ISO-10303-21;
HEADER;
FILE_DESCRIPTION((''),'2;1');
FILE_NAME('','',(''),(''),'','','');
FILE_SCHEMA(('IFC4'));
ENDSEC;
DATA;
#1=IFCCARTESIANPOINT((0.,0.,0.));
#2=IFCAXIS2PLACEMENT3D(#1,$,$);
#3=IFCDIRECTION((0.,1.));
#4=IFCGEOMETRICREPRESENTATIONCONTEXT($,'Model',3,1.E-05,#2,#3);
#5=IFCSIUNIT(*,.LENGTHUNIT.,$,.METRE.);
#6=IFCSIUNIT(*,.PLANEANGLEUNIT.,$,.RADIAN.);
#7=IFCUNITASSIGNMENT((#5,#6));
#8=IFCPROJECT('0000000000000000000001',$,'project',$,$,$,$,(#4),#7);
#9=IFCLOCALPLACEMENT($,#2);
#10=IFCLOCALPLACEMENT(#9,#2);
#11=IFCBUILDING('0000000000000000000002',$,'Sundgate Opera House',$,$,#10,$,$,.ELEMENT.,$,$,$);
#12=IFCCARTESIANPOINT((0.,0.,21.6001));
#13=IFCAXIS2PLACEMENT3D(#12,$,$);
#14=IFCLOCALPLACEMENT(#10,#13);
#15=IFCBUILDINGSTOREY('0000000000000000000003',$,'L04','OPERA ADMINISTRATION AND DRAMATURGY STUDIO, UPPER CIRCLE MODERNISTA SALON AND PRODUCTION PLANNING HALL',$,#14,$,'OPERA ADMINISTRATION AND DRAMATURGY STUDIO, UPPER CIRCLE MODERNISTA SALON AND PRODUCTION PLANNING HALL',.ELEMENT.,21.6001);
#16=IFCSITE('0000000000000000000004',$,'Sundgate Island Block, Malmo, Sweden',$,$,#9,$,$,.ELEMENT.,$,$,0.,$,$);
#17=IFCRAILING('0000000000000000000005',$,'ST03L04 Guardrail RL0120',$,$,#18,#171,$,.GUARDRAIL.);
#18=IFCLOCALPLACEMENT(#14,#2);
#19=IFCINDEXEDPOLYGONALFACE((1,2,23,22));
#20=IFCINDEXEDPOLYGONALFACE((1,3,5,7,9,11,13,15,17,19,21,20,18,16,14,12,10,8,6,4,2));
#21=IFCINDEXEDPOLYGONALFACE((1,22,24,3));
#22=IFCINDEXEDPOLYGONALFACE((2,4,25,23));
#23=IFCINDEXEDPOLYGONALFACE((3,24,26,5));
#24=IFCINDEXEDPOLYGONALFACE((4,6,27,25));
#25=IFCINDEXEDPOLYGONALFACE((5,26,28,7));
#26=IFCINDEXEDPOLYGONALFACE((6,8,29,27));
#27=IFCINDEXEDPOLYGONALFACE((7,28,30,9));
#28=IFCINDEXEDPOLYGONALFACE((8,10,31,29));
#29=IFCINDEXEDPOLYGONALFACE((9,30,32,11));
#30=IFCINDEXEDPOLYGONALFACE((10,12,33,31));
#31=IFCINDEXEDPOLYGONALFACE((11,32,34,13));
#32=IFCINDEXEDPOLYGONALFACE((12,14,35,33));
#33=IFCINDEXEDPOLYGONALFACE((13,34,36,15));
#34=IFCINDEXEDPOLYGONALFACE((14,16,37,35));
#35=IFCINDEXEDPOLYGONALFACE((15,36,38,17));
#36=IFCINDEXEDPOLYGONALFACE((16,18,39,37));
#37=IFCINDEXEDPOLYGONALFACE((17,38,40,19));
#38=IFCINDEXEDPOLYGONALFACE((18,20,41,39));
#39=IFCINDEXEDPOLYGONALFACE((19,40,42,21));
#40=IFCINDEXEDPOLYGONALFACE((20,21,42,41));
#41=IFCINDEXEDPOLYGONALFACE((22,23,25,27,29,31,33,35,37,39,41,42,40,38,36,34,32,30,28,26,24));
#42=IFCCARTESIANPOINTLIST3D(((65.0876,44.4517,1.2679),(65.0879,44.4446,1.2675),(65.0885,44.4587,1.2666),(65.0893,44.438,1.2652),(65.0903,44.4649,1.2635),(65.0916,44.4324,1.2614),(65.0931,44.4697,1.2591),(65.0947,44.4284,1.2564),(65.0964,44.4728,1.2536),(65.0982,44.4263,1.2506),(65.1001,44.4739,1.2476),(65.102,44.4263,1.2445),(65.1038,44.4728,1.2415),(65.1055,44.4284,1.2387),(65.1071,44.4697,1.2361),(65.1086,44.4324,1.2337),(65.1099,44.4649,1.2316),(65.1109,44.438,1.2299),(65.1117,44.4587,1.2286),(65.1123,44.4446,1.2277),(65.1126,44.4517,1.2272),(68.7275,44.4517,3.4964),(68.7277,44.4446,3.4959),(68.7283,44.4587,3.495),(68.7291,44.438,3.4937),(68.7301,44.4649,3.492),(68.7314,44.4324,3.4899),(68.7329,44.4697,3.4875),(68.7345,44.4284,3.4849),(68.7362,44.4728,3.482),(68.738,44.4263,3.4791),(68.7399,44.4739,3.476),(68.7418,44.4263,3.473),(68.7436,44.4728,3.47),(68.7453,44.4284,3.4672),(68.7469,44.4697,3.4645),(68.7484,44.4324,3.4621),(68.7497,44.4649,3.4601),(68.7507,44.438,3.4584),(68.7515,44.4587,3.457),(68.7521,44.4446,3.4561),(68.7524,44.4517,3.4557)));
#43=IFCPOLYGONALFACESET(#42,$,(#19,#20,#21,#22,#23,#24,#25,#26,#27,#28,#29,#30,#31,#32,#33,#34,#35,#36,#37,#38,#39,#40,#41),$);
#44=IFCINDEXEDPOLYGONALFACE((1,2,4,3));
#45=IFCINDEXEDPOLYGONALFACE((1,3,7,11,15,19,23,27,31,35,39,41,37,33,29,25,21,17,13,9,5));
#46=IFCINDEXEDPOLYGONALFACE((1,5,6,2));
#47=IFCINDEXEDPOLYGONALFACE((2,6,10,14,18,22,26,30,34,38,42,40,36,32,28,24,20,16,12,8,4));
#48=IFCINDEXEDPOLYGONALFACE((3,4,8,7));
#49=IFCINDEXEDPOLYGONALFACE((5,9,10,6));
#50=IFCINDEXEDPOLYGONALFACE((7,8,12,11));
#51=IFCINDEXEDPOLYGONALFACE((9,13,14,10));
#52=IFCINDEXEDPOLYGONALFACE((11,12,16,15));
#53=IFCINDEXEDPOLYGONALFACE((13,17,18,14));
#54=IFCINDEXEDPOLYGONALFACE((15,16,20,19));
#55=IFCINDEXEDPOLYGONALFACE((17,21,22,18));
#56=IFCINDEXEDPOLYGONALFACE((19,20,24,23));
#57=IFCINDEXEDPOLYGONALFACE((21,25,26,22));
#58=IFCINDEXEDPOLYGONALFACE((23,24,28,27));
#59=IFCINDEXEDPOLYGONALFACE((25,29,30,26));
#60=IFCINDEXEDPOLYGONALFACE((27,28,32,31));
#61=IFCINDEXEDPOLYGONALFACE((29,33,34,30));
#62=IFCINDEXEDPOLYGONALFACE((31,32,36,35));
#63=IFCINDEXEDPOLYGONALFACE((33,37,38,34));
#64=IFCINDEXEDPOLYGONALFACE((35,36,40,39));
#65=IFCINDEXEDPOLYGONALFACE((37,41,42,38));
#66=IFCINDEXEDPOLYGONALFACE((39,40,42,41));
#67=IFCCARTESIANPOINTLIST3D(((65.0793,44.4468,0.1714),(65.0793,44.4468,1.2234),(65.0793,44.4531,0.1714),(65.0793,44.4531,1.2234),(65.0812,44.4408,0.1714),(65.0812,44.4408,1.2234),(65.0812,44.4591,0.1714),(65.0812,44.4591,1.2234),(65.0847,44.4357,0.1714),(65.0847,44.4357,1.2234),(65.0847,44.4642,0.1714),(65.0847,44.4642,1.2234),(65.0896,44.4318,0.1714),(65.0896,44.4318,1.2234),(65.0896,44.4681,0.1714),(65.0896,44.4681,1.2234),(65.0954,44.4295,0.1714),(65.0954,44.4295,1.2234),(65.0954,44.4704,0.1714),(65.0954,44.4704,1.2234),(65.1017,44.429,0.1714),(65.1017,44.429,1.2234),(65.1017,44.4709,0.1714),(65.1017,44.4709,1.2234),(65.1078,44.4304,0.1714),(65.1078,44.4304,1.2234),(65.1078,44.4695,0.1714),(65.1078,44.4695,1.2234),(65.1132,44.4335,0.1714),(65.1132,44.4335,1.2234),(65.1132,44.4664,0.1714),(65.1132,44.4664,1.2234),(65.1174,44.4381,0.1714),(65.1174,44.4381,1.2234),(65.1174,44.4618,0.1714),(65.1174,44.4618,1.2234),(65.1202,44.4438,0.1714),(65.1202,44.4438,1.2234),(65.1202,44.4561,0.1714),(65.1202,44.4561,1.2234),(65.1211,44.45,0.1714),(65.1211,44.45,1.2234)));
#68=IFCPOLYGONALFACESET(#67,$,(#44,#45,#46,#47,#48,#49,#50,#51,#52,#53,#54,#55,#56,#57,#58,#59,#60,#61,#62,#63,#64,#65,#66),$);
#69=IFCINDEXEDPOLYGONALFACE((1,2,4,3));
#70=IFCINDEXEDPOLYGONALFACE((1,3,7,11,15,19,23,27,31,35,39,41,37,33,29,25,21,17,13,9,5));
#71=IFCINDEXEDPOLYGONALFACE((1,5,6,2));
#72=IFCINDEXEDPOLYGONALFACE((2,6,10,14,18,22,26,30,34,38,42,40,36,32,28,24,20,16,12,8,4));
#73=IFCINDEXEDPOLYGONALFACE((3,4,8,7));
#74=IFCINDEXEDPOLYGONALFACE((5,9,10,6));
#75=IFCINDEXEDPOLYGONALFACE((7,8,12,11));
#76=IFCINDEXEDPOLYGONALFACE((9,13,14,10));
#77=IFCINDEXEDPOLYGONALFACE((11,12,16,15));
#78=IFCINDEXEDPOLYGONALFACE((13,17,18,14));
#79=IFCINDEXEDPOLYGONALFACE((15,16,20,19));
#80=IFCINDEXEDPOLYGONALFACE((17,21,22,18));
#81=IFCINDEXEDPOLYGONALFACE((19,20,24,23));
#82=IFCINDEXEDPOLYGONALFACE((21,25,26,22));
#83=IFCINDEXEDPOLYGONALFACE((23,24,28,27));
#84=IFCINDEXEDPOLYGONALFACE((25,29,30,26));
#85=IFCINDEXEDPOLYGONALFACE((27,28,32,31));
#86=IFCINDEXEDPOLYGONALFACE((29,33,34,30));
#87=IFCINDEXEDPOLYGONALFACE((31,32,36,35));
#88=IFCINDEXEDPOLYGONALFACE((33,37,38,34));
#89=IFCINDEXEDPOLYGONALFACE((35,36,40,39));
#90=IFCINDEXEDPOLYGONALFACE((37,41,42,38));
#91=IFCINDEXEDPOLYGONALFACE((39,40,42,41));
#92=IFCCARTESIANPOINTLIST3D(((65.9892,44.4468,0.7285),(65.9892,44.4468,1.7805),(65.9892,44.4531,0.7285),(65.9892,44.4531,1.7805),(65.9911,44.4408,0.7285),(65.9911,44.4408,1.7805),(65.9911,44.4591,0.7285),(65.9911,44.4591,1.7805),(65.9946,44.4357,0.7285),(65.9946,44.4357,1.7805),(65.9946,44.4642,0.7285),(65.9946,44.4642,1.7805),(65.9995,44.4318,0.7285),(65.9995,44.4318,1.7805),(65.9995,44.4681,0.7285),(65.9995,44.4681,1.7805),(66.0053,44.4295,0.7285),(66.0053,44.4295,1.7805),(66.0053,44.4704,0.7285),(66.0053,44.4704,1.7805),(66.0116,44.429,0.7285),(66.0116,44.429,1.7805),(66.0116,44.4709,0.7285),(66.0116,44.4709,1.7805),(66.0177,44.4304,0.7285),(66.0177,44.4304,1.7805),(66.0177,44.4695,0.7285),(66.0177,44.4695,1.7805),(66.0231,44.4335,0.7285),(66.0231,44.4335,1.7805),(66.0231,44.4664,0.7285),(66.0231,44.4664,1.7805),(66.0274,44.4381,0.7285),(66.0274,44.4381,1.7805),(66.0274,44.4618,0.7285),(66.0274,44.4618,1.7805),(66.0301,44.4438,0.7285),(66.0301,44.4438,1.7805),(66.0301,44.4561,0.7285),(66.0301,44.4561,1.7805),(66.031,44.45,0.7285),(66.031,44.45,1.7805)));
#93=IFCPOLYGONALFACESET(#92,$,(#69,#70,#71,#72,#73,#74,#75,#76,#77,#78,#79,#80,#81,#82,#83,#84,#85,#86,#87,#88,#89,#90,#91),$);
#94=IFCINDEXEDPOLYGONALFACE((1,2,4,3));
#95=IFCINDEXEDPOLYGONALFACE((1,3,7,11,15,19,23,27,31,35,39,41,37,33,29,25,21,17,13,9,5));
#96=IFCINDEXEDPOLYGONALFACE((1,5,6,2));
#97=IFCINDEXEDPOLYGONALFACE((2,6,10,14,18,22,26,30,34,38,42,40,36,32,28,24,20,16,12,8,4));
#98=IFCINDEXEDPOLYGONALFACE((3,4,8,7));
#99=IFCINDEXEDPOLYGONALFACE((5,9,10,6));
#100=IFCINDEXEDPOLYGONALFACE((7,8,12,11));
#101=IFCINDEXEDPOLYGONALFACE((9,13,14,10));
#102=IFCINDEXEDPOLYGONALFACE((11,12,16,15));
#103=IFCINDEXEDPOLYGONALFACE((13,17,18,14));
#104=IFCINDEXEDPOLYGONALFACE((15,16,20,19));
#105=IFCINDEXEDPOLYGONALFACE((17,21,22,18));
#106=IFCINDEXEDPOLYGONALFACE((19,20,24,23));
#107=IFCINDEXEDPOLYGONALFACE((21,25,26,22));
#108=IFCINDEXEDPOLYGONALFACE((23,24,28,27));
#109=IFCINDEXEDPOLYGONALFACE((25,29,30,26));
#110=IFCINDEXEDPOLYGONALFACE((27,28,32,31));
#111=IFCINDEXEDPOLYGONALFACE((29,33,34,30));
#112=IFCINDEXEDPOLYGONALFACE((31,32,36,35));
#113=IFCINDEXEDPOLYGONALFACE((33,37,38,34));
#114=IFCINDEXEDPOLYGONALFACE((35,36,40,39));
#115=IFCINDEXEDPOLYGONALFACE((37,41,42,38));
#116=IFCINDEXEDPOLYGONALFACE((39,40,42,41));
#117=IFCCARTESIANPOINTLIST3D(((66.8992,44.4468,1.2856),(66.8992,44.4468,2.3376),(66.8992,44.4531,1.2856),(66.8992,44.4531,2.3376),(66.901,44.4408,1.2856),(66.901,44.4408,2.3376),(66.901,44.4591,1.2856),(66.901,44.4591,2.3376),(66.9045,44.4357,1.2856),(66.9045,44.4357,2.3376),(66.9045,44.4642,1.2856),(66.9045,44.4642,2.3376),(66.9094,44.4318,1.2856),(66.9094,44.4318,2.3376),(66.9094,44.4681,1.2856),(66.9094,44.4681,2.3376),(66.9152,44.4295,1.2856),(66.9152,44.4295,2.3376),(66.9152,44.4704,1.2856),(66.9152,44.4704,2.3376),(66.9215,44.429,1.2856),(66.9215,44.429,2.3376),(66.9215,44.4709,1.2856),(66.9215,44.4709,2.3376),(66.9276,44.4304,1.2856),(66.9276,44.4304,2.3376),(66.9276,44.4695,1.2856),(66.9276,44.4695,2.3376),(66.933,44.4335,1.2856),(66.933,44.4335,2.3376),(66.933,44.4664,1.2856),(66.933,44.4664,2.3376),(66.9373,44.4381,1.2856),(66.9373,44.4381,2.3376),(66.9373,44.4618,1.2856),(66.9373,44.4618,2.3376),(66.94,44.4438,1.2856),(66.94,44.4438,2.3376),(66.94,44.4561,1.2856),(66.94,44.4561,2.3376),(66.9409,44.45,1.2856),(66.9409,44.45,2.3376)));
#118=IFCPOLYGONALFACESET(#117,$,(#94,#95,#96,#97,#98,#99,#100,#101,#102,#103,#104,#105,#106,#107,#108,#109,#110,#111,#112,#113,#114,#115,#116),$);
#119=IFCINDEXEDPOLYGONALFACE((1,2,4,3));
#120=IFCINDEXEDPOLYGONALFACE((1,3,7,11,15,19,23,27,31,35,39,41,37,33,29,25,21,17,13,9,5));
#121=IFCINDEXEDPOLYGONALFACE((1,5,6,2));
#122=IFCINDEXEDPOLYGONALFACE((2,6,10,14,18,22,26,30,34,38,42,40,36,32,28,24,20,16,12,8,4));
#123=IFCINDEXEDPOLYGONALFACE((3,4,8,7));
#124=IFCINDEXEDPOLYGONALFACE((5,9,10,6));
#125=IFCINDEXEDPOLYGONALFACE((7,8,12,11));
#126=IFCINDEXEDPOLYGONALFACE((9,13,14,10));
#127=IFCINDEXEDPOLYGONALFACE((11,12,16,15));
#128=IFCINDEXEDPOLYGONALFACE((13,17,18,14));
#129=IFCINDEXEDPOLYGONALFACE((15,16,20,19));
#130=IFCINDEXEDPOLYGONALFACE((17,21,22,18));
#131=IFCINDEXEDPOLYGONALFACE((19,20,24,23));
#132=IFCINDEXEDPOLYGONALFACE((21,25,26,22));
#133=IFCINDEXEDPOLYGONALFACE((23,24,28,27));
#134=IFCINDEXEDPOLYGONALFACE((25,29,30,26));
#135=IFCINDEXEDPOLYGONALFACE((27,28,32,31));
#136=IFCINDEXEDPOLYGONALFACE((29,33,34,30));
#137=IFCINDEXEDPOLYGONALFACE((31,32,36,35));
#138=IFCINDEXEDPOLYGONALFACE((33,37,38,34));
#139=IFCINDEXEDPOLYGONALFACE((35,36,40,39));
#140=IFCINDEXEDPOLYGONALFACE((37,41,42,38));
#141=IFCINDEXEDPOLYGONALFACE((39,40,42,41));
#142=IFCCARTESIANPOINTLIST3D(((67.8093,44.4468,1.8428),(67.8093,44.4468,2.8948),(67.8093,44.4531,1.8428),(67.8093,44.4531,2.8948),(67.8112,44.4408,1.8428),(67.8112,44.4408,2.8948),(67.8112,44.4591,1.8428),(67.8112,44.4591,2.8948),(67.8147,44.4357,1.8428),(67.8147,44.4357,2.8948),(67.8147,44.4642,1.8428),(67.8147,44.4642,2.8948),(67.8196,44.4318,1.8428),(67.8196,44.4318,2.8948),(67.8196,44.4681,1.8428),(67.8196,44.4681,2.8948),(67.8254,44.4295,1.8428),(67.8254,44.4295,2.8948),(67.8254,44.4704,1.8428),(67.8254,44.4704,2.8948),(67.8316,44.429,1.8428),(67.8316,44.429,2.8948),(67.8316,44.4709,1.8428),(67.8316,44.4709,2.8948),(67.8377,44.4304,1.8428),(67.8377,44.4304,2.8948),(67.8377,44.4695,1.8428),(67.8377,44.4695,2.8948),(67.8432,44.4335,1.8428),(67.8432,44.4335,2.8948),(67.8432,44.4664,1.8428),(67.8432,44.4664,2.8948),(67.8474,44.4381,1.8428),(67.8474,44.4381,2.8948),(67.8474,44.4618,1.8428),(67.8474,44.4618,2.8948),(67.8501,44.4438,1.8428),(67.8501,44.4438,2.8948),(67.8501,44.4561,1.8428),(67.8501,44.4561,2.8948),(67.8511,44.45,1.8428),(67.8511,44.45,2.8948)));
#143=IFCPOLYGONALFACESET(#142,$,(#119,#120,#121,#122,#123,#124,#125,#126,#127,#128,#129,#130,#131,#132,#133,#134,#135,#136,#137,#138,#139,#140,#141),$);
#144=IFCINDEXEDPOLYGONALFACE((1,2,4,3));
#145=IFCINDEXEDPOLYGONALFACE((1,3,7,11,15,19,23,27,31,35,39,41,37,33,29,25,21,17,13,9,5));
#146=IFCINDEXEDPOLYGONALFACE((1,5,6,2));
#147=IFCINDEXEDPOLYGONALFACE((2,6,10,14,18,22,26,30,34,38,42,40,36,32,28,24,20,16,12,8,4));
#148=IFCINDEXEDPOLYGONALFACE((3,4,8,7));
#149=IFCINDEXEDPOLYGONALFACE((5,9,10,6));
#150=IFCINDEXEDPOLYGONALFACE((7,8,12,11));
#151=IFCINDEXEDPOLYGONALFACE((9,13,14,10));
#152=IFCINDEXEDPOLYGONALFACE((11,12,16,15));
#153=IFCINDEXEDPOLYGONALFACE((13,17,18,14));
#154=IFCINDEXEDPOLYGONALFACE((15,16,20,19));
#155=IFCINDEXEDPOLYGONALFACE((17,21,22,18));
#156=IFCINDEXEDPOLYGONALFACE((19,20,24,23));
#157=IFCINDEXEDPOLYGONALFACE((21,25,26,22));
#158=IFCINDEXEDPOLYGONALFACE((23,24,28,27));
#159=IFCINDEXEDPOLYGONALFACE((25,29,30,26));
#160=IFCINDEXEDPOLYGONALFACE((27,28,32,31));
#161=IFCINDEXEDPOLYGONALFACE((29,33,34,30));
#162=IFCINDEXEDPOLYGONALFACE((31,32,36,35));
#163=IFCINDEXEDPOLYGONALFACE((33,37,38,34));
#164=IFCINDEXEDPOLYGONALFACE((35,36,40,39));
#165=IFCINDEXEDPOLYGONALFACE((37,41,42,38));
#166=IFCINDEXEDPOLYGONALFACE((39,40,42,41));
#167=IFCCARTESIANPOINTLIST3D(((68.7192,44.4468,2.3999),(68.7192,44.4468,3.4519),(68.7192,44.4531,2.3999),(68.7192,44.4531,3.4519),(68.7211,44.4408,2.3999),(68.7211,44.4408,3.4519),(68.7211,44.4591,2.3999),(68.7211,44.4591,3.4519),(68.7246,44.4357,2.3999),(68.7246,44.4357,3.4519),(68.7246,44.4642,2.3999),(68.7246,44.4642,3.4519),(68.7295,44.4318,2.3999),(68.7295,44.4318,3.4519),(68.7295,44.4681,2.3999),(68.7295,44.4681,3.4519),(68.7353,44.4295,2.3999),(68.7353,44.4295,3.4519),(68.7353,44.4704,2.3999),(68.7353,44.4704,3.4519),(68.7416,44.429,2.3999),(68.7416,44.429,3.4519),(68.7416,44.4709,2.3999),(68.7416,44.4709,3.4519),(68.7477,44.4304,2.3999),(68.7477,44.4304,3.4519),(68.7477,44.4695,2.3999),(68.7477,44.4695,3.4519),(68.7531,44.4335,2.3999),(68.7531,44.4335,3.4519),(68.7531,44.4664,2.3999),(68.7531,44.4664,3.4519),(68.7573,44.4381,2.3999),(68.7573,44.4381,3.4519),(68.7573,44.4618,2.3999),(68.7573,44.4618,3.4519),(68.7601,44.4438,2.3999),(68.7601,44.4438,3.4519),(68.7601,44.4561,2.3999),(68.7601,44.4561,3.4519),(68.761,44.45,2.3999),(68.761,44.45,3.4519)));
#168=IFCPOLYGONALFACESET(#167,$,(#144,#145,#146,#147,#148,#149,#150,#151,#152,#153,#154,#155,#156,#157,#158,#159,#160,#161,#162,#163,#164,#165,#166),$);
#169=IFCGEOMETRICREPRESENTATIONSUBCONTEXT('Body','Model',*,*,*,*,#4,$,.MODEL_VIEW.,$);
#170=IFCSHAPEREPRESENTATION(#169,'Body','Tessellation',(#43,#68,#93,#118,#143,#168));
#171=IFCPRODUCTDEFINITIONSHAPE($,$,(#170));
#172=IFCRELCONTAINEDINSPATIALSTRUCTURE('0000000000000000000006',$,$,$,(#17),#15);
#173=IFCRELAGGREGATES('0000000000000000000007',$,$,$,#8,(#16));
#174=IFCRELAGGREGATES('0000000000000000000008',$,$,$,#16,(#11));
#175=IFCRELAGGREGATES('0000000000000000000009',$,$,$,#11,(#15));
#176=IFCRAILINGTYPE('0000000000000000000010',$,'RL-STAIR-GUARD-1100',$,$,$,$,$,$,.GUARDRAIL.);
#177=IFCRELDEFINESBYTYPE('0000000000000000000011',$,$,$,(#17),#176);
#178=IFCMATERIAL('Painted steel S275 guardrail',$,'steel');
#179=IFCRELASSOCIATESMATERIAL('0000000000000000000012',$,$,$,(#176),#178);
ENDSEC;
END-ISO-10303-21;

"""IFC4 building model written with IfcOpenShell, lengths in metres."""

from ifc_helpers import new_model, si_unit, direction, frame, origin, origin_2d, place, context, subcontext, project, spatial, circle, extrude, material, type_object, element, save


model = new_model("IFC4")

# Units and contexts
model_context = context("Model", 3, precision=1e-05, world=origin(), true_north=direction((0.0, 1.0)))
body_context = subcontext(model_context, "Body", "Model", "MODEL_VIEW")
ifc_project = project(units=[si_unit("LENGTHUNIT", "METRE"), si_unit("PLANEANGLEUNIT", "RADIAN")], contexts=[model_context])

# Site, building, storey
site_placement = place(None, origin())
site = spatial("IfcSite", under=ifc_project, at=site_placement, Name="Sundgate Island Block, Malmo, Sweden", CompositionType="ELEMENT", RefElevation=0.0)
building_placement = place(site_placement, origin())
building = spatial("IfcBuilding", under=site, at=building_placement, Name="Sundgate Opera House", CompositionType="ELEMENT")
storey_placement = place(building_placement, frame((0.0, 0.0, 21.6001)))
storey = spatial("IfcBuildingStorey", under=building, at=storey_placement, Name="L04", Description="OPERA ADMINISTRATION AND DRAMATURGY STUDIO, UPPER CIRCLE MODERNISTA SALON AND PRODUCTION PLANNING HALL", LongName="OPERA ADMINISTRATION AND DRAMATURGY STUDIO, UPPER CIRCLE MODERNISTA SALON AND PRODUCTION PLANNING HALL", CompositionType="ELEMENT", Elevation=21.6001)

# Railing
ifc_material_1 = material(Name="Painted steel S275 guardrail", Category="steel")
railing_type_1 = type_object("IfcRailingType", Name="RL-STAIR-GUARD-1100", PredefinedType="GUARDRAIL", material=ifc_material_1)
railing_1_placement = place(storey_placement, frame((65.1001, 44.45, 0.1714)))
element("IfcRailing", 1, at=railing_1_placement, inside=storey, type_object=railing_type_1, Name="ST03L04 Guardrail RL0120", PredefinedType="GUARDRAIL", context=body_context, shape_type="SweptSolid", body=[
    extrude(circle(Radius=0.0239, at=origin_2d()), frame((0.0, 0.0, 1.0762), z_axis=(0.85285, 0.0, 0.522156), x_axis=(0.0, 1.0, 0.0)), (0.0, 0.0, 1.0), 4.2678),
    extrude(circle(Radius=0.021, at=origin_2d()), origin(), (0.0, 0.0, 1.0), 1.052),
    extrude(circle(Radius=0.021, at=origin_2d()), frame((0.9099, 0.0, 0.5571)), (0.0, 0.0, 1.0), 1.052),
    extrude(circle(Radius=0.021, at=origin_2d()), frame((1.8198, 0.0, 1.1143)), (0.0, 0.0, 1.0), 1.052),
    extrude(circle(Radius=0.021, at=origin_2d()), frame((2.73, 0.0, 1.6714)), (0.0, 0.0, 1.0), 1.052),
    extrude(circle(Radius=0.021, at=origin_2d()), frame((3.6399, 0.0, 2.2285)), (0.0, 0.0, 1.0), 1.052),
])

save(model, "model.ifc")
